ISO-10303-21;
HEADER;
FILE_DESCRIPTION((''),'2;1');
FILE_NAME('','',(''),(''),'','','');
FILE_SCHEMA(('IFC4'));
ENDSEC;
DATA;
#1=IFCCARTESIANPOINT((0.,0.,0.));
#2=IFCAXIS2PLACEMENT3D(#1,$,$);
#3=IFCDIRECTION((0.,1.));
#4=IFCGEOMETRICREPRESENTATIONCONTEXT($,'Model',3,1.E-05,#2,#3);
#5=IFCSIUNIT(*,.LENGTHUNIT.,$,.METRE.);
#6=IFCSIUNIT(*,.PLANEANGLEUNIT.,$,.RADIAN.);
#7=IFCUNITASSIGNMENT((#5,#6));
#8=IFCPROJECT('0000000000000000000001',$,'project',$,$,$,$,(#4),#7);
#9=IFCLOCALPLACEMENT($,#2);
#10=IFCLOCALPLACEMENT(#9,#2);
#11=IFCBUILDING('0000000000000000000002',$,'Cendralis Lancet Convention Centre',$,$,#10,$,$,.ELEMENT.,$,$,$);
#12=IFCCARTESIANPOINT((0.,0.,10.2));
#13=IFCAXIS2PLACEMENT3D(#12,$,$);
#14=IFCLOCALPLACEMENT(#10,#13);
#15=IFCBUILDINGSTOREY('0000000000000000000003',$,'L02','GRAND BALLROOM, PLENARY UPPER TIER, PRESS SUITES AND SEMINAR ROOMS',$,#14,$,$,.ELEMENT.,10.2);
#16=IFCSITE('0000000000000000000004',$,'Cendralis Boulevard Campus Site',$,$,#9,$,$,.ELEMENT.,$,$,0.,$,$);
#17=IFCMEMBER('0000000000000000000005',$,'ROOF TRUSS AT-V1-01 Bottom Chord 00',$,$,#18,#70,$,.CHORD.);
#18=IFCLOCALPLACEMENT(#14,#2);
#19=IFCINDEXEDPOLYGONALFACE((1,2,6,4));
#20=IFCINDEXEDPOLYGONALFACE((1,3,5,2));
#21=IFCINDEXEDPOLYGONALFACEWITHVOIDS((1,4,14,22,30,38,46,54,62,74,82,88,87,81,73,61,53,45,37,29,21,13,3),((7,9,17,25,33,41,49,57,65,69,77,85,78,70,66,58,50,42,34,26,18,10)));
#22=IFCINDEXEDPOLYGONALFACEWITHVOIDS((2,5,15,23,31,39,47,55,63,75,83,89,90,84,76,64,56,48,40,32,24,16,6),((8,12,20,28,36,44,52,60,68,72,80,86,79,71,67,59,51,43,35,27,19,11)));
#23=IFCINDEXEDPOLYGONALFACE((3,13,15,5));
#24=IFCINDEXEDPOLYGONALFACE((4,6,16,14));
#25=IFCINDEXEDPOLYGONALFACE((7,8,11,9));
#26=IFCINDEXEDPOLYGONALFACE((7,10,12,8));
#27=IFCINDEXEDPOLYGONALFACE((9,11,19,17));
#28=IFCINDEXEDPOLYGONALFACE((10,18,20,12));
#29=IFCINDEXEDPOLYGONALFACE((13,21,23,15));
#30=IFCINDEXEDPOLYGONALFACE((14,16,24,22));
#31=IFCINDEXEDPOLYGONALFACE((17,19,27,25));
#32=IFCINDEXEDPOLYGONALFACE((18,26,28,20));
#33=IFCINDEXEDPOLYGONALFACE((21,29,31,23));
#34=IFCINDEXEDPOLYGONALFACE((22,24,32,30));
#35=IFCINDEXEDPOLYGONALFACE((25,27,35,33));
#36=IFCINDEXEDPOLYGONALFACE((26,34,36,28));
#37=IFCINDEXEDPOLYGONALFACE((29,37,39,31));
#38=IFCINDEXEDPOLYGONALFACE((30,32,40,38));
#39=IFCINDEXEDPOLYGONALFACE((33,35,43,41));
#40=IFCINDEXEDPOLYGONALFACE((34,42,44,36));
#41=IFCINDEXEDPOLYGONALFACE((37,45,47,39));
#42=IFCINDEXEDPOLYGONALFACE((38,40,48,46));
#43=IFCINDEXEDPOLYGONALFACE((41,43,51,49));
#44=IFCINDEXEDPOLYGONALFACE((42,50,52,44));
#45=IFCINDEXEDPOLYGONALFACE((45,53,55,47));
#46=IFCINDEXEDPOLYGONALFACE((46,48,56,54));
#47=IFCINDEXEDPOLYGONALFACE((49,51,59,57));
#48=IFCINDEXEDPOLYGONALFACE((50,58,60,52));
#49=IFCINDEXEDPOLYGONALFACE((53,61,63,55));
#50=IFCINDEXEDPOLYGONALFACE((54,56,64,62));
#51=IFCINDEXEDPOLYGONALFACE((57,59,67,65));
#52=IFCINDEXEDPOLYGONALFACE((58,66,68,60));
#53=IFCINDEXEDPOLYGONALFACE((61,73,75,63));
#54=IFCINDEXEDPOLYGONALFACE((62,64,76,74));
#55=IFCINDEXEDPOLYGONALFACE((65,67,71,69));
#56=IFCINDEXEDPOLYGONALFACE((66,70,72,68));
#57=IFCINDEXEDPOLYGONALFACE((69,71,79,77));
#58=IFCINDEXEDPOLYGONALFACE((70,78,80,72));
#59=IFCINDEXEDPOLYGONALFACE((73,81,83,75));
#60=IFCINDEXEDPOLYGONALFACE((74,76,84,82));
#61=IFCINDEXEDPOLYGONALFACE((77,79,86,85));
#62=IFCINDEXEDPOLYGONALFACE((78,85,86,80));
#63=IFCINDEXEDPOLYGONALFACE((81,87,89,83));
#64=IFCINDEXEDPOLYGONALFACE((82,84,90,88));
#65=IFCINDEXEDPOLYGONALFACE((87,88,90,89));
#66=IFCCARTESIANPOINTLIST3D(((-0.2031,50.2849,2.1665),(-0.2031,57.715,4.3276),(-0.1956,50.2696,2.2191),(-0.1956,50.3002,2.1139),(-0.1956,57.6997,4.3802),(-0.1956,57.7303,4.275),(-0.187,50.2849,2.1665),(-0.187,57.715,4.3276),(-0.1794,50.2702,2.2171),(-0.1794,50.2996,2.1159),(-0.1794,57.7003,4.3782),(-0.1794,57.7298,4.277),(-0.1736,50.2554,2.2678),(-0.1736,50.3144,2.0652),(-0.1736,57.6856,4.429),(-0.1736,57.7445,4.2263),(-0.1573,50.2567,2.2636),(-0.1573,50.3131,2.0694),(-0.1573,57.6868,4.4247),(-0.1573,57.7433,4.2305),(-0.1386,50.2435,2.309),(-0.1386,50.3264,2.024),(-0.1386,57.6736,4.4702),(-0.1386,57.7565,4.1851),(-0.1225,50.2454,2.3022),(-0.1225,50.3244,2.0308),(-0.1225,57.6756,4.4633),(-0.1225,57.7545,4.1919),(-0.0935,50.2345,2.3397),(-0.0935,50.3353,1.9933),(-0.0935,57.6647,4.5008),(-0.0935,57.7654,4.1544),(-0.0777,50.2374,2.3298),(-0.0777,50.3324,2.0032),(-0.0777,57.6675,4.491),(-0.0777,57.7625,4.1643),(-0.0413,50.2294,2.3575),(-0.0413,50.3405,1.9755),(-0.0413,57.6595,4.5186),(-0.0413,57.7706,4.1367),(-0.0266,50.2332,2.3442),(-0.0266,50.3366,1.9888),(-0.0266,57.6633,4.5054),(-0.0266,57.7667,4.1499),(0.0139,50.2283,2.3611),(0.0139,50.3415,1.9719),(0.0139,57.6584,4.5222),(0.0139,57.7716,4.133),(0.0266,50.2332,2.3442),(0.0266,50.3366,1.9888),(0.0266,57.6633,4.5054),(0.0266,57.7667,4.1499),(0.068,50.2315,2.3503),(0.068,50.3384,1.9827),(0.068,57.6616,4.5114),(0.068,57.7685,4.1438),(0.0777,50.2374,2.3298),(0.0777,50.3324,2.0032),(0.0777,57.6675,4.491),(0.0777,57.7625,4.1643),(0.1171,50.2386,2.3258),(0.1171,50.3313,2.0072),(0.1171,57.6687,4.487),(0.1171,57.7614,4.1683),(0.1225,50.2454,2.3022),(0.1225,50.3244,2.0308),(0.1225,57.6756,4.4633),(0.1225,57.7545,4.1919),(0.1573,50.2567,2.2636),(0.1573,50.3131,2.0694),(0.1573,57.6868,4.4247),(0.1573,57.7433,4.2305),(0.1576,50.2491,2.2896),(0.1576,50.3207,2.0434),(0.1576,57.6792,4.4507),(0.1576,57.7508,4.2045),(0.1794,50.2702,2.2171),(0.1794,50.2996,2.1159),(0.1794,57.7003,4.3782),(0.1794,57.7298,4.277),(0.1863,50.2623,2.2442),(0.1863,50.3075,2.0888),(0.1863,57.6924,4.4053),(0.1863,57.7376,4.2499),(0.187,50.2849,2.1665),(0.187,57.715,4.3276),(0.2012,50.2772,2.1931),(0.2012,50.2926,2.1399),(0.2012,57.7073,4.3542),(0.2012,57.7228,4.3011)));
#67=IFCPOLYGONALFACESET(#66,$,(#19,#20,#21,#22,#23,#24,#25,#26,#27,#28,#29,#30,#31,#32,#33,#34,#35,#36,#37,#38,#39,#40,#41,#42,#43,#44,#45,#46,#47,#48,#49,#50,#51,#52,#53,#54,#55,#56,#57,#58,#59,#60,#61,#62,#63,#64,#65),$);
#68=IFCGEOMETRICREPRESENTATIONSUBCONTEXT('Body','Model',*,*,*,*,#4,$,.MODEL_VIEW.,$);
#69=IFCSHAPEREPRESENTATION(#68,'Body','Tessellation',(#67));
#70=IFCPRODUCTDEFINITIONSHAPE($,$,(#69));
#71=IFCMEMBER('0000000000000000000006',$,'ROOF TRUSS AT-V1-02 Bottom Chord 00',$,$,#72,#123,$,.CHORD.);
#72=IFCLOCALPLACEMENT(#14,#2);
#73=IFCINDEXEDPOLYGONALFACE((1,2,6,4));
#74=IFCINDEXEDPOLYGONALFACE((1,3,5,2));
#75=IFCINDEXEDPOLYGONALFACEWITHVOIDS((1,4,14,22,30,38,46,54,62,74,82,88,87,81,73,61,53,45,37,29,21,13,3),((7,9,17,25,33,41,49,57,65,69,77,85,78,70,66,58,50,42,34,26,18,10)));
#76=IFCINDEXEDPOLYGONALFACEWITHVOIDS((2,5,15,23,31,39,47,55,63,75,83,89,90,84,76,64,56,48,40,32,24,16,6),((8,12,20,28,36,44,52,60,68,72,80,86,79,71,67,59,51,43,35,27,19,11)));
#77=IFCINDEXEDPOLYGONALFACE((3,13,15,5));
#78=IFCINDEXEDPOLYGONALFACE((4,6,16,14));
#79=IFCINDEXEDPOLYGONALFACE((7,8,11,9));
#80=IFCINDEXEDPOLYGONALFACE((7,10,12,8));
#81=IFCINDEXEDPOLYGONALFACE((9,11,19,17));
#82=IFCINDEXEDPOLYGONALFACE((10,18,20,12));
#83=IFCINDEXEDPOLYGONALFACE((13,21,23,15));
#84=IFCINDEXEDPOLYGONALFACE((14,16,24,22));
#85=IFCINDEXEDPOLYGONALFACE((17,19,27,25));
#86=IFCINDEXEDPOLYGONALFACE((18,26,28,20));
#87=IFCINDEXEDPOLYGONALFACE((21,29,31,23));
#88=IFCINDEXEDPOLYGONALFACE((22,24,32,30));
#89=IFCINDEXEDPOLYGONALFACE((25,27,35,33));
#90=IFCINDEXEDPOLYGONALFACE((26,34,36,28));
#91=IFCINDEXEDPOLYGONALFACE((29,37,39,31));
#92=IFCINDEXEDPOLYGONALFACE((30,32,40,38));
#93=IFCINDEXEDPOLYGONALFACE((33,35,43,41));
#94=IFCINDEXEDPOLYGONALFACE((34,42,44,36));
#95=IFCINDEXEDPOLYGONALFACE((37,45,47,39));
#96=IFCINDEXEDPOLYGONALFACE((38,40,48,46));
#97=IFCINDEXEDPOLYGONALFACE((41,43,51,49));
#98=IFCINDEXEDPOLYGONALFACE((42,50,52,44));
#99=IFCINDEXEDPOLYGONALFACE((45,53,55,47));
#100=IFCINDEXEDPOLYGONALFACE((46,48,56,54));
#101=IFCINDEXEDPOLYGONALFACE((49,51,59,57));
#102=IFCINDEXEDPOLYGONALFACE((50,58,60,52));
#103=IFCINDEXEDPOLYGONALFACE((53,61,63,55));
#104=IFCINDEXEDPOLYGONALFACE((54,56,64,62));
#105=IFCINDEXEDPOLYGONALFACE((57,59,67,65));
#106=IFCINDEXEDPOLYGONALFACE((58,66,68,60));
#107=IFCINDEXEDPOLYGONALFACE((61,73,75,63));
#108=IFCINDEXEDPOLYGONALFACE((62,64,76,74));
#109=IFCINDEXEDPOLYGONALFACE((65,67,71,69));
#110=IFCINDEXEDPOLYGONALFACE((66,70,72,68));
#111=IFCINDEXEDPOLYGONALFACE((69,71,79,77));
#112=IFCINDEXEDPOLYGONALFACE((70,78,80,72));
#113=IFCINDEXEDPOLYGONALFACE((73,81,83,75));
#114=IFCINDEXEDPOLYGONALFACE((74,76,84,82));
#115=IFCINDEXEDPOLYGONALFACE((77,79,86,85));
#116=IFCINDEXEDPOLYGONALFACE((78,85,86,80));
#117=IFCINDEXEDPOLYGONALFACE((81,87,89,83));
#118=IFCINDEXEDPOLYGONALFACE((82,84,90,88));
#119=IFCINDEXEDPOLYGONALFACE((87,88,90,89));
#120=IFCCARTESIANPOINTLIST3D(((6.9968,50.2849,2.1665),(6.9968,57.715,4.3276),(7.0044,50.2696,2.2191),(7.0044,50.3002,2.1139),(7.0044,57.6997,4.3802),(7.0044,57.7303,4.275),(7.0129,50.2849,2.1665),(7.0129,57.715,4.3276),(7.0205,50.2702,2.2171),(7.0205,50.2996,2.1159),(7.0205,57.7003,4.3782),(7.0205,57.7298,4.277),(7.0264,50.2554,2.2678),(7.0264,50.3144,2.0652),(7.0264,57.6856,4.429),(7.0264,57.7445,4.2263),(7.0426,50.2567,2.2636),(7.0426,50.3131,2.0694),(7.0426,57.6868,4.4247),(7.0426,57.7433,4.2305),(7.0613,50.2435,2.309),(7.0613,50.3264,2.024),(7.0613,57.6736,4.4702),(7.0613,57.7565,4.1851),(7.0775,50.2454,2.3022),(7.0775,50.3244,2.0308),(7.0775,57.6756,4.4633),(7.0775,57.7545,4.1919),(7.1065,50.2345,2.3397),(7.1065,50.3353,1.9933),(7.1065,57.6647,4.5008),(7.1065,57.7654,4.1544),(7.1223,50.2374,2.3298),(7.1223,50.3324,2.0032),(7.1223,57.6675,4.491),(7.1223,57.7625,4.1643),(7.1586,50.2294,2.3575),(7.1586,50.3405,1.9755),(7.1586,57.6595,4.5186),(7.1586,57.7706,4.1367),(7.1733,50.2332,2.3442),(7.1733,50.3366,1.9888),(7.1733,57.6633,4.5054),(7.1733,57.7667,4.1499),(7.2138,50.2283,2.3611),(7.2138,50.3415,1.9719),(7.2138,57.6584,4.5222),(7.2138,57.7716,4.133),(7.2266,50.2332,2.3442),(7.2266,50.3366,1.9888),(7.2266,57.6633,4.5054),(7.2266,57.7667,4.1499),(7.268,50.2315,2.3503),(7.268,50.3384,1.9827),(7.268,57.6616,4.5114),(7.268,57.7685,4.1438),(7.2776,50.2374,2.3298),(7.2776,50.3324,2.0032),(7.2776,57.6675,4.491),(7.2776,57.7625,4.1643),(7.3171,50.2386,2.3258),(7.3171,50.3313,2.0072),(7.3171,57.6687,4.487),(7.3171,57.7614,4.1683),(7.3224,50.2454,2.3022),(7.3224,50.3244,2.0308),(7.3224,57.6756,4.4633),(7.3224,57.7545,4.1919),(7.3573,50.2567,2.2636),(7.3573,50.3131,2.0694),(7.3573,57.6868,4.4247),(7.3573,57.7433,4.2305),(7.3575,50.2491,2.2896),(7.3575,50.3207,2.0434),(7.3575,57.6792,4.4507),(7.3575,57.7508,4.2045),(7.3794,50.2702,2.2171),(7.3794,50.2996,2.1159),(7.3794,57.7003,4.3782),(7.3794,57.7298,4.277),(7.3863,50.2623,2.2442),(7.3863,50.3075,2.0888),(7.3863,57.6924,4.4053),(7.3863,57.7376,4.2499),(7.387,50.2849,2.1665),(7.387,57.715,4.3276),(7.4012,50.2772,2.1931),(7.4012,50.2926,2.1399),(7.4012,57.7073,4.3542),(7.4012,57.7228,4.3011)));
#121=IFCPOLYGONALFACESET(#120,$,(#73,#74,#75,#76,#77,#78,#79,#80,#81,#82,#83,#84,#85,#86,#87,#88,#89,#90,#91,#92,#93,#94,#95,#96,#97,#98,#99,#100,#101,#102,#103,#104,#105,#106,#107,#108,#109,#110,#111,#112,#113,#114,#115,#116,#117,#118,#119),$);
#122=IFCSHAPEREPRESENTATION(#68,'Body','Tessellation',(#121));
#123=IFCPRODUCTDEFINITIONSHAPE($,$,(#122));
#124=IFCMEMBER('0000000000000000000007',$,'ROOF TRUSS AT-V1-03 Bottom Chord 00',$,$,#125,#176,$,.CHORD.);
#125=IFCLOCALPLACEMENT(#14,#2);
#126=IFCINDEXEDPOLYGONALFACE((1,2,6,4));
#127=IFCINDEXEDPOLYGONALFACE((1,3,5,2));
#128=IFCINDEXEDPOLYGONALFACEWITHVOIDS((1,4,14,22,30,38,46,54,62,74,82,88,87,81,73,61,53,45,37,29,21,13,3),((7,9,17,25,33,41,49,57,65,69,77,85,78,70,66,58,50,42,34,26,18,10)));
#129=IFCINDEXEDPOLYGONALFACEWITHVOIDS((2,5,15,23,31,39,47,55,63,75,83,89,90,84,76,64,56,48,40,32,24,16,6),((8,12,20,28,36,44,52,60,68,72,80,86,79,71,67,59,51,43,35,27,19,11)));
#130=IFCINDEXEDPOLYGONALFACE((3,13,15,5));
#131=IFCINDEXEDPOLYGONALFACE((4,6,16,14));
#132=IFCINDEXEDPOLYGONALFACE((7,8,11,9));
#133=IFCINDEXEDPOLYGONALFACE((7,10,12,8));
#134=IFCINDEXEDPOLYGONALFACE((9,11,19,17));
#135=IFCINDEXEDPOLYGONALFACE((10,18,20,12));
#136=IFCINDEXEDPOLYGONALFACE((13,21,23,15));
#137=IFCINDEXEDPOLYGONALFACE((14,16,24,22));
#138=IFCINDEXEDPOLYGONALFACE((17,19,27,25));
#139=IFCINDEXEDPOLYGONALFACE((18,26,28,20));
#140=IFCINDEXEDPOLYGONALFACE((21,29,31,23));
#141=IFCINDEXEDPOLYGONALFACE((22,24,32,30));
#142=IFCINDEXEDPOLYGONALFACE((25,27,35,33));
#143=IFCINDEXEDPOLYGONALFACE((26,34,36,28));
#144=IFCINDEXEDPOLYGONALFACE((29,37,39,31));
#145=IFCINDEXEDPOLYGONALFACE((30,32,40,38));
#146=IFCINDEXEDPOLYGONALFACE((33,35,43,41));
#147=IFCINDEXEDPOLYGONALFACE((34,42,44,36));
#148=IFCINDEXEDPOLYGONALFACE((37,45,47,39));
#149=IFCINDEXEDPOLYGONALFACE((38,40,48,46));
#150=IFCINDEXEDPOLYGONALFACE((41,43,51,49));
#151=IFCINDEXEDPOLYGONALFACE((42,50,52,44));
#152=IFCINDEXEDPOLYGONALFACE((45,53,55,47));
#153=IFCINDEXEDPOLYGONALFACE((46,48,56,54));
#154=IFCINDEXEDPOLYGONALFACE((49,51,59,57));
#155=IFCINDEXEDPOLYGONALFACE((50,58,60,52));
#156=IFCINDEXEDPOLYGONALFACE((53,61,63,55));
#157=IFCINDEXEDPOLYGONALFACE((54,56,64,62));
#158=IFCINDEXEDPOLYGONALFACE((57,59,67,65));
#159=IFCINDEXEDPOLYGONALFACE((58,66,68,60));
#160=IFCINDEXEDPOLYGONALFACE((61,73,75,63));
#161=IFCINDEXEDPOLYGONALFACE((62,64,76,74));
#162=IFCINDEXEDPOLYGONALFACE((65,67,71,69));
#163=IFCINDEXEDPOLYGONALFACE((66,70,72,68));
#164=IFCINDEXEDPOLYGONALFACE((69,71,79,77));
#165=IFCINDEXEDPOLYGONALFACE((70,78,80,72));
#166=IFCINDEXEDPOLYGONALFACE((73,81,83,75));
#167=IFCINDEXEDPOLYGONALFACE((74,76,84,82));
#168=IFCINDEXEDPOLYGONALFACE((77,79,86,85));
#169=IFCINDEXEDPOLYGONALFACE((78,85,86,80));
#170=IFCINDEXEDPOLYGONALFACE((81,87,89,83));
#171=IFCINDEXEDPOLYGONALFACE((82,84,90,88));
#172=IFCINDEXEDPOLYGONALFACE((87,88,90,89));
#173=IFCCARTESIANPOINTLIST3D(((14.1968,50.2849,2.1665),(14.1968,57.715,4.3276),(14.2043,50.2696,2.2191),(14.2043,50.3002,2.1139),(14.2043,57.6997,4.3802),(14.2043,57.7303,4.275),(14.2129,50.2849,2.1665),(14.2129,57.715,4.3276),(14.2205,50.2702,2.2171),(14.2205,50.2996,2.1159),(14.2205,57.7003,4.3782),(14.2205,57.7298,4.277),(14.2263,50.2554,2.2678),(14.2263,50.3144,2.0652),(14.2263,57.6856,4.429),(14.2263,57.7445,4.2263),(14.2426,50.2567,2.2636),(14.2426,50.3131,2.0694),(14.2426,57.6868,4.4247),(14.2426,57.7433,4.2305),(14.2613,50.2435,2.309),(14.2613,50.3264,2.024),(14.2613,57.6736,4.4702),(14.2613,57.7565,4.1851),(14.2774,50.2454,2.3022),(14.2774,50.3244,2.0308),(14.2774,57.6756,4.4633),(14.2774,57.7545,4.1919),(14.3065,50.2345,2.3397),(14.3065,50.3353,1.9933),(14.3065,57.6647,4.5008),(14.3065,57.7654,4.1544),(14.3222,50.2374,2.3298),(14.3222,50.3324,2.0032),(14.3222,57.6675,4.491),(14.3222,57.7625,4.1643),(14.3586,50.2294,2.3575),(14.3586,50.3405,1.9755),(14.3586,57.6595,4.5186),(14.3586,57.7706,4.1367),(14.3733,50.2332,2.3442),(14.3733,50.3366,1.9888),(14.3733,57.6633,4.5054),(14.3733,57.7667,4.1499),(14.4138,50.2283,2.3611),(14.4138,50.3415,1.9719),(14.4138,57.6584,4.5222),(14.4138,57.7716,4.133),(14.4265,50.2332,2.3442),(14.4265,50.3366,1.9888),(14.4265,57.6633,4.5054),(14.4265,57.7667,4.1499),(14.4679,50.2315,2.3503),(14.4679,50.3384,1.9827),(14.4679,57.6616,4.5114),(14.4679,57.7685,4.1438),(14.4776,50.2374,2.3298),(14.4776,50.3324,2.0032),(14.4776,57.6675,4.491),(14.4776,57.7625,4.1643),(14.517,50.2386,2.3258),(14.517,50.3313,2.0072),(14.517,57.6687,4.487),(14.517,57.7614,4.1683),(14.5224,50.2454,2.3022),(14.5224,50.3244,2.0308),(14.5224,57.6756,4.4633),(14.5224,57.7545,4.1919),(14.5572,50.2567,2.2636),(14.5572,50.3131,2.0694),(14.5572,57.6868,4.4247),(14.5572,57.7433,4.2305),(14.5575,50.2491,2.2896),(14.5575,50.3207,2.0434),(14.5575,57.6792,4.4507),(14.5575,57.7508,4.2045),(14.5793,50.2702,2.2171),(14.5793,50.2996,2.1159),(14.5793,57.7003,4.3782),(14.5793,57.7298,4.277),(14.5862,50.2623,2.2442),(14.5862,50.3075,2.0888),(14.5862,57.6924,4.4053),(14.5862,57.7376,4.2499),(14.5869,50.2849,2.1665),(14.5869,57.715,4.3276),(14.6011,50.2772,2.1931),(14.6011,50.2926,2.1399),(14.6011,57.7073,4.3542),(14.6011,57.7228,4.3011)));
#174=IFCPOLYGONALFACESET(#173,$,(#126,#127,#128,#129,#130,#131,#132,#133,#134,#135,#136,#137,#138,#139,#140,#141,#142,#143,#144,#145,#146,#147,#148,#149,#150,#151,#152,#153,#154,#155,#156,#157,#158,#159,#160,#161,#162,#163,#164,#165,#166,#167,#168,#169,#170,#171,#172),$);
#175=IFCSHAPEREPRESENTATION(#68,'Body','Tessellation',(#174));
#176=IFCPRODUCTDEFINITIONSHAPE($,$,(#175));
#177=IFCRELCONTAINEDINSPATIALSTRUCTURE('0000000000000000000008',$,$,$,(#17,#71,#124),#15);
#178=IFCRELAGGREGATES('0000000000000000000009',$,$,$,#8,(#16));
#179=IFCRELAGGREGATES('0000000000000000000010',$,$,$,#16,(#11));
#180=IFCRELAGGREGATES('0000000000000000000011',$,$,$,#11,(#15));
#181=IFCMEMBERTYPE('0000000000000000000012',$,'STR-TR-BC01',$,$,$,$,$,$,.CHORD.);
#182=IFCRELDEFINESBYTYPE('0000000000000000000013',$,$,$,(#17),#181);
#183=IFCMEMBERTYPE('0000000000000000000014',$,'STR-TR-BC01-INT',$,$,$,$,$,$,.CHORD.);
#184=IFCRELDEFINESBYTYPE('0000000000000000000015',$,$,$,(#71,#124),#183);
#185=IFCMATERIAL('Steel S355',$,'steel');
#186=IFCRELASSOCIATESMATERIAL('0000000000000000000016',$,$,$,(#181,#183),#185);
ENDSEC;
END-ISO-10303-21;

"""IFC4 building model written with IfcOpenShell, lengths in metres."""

from ifc_helpers import new_model, si_unit, direction, frame, origin, origin_2d, place, context, subcontext, project, spatial, hollow_circle, extrude, material, material_profile, profile_set, type_object, element, save


model = new_model("IFC4")

# Units and contexts
model_context = context("Model", 3, precision=1e-05, world=origin(), true_north=direction((0.0, 1.0)))
body_context = subcontext(model_context, "Body", "Model", "MODEL_VIEW")
ifc_project = project(units=[si_unit("LENGTHUNIT", "METRE"), si_unit("PLANEANGLEUNIT", "RADIAN")], contexts=[model_context])

# Site, building, storey
site_placement = place(None, origin())
site = spatial("IfcSite", under=ifc_project, at=site_placement, Name="Cendralis Boulevard Campus Site", CompositionType="ELEMENT", RefElevation=0.0)
building_placement = place(site_placement, origin())
building = spatial("IfcBuilding", under=site, at=building_placement, Name="Cendralis Lancet Convention Centre", CompositionType="ELEMENT")
storey_placement = place(building_placement, frame((0.0, 0.0, 10.2)))
storey = spatial("IfcBuildingStorey", under=building, at=storey_placement, Name="L02", Description="GRAND BALLROOM, PLENARY UPPER TIER, PRESS SUITES AND SEMINAR ROOMS", CompositionType="ELEMENT", Elevation=10.2)

# Shared definitions
ifc_material_1 = material(Name="Steel S355", Category="steel")

# Members
ifc_material_profile_1 = material_profile(ifc_material_1, hollow_circle(Radius=0.2031, WallThickness=0.0161, at=origin_2d()), Name="CHS 406.4x16.0")
ifc_profile_set_1 = profile_set([ifc_material_profile_1], Name="Steel S355")
member_type_1 = type_object("IfcMemberType", Name="STR-TR-BC01", PredefinedType="CHORD", material=ifc_profile_set_1)
member_1_placement = place(storey_placement, frame((0.0, 50.2849, 2.1665), z_axis=(0.0, 0.960208, 0.279285), x_axis=(-1.0, 0.0, 0.0)))
element("IfcMember", 1, at=member_1_placement, inside=storey, type_object=member_type_1, Name="ROOF TRUSS AT-V1-01 Bottom Chord 00", PredefinedType="CHORD", context=body_context, shape_type="SweptSolid", body=[
    extrude(hollow_circle(Radius=0.2031, WallThickness=0.0161, at=origin_2d()), origin(), (0.0, 0.0, 1.0), 7.738),
])
ifc_material_profile_2 = material_profile(ifc_material_1, hollow_circle(Radius=0.2031, WallThickness=0.0161, at=origin_2d()), Name="CHS 406.4x16.0")
ifc_profile_set_2 = profile_set([ifc_material_profile_2], Name="Steel S355")
member_type_2 = type_object("IfcMemberType", Name="STR-TR-BC01-INT", PredefinedType="CHORD", material=ifc_profile_set_2)
for number, where, z_axis, x_axis, name in (
    (2, (7.2, 50.2849, 2.1665), (0.0, 0.960208, 0.279285), (-1.0, 0.0, 0.0), "ROOF TRUSS AT-V1-02 Bottom Chord 00"),
    (3, (14.3999, 50.2849, 2.1665), (0.0, 0.960208, 0.279285), (-1.0, 0.0, 0.0), "ROOF TRUSS AT-V1-03 Bottom Chord 00"),
):
    element("IfcMember", number, at=place(storey_placement, frame(where, z_axis=z_axis, x_axis=x_axis)), inside=storey, type_object=member_type_2, Name=name, PredefinedType="CHORD", context=body_context, shape_type="SweptSolid", body=[
        extrude(hollow_circle(Radius=0.2031, WallThickness=0.0161, at=origin_2d()), origin(), (0.0, 0.0, 1.0), 7.738),
    ])

save(model, "model.ifc")
